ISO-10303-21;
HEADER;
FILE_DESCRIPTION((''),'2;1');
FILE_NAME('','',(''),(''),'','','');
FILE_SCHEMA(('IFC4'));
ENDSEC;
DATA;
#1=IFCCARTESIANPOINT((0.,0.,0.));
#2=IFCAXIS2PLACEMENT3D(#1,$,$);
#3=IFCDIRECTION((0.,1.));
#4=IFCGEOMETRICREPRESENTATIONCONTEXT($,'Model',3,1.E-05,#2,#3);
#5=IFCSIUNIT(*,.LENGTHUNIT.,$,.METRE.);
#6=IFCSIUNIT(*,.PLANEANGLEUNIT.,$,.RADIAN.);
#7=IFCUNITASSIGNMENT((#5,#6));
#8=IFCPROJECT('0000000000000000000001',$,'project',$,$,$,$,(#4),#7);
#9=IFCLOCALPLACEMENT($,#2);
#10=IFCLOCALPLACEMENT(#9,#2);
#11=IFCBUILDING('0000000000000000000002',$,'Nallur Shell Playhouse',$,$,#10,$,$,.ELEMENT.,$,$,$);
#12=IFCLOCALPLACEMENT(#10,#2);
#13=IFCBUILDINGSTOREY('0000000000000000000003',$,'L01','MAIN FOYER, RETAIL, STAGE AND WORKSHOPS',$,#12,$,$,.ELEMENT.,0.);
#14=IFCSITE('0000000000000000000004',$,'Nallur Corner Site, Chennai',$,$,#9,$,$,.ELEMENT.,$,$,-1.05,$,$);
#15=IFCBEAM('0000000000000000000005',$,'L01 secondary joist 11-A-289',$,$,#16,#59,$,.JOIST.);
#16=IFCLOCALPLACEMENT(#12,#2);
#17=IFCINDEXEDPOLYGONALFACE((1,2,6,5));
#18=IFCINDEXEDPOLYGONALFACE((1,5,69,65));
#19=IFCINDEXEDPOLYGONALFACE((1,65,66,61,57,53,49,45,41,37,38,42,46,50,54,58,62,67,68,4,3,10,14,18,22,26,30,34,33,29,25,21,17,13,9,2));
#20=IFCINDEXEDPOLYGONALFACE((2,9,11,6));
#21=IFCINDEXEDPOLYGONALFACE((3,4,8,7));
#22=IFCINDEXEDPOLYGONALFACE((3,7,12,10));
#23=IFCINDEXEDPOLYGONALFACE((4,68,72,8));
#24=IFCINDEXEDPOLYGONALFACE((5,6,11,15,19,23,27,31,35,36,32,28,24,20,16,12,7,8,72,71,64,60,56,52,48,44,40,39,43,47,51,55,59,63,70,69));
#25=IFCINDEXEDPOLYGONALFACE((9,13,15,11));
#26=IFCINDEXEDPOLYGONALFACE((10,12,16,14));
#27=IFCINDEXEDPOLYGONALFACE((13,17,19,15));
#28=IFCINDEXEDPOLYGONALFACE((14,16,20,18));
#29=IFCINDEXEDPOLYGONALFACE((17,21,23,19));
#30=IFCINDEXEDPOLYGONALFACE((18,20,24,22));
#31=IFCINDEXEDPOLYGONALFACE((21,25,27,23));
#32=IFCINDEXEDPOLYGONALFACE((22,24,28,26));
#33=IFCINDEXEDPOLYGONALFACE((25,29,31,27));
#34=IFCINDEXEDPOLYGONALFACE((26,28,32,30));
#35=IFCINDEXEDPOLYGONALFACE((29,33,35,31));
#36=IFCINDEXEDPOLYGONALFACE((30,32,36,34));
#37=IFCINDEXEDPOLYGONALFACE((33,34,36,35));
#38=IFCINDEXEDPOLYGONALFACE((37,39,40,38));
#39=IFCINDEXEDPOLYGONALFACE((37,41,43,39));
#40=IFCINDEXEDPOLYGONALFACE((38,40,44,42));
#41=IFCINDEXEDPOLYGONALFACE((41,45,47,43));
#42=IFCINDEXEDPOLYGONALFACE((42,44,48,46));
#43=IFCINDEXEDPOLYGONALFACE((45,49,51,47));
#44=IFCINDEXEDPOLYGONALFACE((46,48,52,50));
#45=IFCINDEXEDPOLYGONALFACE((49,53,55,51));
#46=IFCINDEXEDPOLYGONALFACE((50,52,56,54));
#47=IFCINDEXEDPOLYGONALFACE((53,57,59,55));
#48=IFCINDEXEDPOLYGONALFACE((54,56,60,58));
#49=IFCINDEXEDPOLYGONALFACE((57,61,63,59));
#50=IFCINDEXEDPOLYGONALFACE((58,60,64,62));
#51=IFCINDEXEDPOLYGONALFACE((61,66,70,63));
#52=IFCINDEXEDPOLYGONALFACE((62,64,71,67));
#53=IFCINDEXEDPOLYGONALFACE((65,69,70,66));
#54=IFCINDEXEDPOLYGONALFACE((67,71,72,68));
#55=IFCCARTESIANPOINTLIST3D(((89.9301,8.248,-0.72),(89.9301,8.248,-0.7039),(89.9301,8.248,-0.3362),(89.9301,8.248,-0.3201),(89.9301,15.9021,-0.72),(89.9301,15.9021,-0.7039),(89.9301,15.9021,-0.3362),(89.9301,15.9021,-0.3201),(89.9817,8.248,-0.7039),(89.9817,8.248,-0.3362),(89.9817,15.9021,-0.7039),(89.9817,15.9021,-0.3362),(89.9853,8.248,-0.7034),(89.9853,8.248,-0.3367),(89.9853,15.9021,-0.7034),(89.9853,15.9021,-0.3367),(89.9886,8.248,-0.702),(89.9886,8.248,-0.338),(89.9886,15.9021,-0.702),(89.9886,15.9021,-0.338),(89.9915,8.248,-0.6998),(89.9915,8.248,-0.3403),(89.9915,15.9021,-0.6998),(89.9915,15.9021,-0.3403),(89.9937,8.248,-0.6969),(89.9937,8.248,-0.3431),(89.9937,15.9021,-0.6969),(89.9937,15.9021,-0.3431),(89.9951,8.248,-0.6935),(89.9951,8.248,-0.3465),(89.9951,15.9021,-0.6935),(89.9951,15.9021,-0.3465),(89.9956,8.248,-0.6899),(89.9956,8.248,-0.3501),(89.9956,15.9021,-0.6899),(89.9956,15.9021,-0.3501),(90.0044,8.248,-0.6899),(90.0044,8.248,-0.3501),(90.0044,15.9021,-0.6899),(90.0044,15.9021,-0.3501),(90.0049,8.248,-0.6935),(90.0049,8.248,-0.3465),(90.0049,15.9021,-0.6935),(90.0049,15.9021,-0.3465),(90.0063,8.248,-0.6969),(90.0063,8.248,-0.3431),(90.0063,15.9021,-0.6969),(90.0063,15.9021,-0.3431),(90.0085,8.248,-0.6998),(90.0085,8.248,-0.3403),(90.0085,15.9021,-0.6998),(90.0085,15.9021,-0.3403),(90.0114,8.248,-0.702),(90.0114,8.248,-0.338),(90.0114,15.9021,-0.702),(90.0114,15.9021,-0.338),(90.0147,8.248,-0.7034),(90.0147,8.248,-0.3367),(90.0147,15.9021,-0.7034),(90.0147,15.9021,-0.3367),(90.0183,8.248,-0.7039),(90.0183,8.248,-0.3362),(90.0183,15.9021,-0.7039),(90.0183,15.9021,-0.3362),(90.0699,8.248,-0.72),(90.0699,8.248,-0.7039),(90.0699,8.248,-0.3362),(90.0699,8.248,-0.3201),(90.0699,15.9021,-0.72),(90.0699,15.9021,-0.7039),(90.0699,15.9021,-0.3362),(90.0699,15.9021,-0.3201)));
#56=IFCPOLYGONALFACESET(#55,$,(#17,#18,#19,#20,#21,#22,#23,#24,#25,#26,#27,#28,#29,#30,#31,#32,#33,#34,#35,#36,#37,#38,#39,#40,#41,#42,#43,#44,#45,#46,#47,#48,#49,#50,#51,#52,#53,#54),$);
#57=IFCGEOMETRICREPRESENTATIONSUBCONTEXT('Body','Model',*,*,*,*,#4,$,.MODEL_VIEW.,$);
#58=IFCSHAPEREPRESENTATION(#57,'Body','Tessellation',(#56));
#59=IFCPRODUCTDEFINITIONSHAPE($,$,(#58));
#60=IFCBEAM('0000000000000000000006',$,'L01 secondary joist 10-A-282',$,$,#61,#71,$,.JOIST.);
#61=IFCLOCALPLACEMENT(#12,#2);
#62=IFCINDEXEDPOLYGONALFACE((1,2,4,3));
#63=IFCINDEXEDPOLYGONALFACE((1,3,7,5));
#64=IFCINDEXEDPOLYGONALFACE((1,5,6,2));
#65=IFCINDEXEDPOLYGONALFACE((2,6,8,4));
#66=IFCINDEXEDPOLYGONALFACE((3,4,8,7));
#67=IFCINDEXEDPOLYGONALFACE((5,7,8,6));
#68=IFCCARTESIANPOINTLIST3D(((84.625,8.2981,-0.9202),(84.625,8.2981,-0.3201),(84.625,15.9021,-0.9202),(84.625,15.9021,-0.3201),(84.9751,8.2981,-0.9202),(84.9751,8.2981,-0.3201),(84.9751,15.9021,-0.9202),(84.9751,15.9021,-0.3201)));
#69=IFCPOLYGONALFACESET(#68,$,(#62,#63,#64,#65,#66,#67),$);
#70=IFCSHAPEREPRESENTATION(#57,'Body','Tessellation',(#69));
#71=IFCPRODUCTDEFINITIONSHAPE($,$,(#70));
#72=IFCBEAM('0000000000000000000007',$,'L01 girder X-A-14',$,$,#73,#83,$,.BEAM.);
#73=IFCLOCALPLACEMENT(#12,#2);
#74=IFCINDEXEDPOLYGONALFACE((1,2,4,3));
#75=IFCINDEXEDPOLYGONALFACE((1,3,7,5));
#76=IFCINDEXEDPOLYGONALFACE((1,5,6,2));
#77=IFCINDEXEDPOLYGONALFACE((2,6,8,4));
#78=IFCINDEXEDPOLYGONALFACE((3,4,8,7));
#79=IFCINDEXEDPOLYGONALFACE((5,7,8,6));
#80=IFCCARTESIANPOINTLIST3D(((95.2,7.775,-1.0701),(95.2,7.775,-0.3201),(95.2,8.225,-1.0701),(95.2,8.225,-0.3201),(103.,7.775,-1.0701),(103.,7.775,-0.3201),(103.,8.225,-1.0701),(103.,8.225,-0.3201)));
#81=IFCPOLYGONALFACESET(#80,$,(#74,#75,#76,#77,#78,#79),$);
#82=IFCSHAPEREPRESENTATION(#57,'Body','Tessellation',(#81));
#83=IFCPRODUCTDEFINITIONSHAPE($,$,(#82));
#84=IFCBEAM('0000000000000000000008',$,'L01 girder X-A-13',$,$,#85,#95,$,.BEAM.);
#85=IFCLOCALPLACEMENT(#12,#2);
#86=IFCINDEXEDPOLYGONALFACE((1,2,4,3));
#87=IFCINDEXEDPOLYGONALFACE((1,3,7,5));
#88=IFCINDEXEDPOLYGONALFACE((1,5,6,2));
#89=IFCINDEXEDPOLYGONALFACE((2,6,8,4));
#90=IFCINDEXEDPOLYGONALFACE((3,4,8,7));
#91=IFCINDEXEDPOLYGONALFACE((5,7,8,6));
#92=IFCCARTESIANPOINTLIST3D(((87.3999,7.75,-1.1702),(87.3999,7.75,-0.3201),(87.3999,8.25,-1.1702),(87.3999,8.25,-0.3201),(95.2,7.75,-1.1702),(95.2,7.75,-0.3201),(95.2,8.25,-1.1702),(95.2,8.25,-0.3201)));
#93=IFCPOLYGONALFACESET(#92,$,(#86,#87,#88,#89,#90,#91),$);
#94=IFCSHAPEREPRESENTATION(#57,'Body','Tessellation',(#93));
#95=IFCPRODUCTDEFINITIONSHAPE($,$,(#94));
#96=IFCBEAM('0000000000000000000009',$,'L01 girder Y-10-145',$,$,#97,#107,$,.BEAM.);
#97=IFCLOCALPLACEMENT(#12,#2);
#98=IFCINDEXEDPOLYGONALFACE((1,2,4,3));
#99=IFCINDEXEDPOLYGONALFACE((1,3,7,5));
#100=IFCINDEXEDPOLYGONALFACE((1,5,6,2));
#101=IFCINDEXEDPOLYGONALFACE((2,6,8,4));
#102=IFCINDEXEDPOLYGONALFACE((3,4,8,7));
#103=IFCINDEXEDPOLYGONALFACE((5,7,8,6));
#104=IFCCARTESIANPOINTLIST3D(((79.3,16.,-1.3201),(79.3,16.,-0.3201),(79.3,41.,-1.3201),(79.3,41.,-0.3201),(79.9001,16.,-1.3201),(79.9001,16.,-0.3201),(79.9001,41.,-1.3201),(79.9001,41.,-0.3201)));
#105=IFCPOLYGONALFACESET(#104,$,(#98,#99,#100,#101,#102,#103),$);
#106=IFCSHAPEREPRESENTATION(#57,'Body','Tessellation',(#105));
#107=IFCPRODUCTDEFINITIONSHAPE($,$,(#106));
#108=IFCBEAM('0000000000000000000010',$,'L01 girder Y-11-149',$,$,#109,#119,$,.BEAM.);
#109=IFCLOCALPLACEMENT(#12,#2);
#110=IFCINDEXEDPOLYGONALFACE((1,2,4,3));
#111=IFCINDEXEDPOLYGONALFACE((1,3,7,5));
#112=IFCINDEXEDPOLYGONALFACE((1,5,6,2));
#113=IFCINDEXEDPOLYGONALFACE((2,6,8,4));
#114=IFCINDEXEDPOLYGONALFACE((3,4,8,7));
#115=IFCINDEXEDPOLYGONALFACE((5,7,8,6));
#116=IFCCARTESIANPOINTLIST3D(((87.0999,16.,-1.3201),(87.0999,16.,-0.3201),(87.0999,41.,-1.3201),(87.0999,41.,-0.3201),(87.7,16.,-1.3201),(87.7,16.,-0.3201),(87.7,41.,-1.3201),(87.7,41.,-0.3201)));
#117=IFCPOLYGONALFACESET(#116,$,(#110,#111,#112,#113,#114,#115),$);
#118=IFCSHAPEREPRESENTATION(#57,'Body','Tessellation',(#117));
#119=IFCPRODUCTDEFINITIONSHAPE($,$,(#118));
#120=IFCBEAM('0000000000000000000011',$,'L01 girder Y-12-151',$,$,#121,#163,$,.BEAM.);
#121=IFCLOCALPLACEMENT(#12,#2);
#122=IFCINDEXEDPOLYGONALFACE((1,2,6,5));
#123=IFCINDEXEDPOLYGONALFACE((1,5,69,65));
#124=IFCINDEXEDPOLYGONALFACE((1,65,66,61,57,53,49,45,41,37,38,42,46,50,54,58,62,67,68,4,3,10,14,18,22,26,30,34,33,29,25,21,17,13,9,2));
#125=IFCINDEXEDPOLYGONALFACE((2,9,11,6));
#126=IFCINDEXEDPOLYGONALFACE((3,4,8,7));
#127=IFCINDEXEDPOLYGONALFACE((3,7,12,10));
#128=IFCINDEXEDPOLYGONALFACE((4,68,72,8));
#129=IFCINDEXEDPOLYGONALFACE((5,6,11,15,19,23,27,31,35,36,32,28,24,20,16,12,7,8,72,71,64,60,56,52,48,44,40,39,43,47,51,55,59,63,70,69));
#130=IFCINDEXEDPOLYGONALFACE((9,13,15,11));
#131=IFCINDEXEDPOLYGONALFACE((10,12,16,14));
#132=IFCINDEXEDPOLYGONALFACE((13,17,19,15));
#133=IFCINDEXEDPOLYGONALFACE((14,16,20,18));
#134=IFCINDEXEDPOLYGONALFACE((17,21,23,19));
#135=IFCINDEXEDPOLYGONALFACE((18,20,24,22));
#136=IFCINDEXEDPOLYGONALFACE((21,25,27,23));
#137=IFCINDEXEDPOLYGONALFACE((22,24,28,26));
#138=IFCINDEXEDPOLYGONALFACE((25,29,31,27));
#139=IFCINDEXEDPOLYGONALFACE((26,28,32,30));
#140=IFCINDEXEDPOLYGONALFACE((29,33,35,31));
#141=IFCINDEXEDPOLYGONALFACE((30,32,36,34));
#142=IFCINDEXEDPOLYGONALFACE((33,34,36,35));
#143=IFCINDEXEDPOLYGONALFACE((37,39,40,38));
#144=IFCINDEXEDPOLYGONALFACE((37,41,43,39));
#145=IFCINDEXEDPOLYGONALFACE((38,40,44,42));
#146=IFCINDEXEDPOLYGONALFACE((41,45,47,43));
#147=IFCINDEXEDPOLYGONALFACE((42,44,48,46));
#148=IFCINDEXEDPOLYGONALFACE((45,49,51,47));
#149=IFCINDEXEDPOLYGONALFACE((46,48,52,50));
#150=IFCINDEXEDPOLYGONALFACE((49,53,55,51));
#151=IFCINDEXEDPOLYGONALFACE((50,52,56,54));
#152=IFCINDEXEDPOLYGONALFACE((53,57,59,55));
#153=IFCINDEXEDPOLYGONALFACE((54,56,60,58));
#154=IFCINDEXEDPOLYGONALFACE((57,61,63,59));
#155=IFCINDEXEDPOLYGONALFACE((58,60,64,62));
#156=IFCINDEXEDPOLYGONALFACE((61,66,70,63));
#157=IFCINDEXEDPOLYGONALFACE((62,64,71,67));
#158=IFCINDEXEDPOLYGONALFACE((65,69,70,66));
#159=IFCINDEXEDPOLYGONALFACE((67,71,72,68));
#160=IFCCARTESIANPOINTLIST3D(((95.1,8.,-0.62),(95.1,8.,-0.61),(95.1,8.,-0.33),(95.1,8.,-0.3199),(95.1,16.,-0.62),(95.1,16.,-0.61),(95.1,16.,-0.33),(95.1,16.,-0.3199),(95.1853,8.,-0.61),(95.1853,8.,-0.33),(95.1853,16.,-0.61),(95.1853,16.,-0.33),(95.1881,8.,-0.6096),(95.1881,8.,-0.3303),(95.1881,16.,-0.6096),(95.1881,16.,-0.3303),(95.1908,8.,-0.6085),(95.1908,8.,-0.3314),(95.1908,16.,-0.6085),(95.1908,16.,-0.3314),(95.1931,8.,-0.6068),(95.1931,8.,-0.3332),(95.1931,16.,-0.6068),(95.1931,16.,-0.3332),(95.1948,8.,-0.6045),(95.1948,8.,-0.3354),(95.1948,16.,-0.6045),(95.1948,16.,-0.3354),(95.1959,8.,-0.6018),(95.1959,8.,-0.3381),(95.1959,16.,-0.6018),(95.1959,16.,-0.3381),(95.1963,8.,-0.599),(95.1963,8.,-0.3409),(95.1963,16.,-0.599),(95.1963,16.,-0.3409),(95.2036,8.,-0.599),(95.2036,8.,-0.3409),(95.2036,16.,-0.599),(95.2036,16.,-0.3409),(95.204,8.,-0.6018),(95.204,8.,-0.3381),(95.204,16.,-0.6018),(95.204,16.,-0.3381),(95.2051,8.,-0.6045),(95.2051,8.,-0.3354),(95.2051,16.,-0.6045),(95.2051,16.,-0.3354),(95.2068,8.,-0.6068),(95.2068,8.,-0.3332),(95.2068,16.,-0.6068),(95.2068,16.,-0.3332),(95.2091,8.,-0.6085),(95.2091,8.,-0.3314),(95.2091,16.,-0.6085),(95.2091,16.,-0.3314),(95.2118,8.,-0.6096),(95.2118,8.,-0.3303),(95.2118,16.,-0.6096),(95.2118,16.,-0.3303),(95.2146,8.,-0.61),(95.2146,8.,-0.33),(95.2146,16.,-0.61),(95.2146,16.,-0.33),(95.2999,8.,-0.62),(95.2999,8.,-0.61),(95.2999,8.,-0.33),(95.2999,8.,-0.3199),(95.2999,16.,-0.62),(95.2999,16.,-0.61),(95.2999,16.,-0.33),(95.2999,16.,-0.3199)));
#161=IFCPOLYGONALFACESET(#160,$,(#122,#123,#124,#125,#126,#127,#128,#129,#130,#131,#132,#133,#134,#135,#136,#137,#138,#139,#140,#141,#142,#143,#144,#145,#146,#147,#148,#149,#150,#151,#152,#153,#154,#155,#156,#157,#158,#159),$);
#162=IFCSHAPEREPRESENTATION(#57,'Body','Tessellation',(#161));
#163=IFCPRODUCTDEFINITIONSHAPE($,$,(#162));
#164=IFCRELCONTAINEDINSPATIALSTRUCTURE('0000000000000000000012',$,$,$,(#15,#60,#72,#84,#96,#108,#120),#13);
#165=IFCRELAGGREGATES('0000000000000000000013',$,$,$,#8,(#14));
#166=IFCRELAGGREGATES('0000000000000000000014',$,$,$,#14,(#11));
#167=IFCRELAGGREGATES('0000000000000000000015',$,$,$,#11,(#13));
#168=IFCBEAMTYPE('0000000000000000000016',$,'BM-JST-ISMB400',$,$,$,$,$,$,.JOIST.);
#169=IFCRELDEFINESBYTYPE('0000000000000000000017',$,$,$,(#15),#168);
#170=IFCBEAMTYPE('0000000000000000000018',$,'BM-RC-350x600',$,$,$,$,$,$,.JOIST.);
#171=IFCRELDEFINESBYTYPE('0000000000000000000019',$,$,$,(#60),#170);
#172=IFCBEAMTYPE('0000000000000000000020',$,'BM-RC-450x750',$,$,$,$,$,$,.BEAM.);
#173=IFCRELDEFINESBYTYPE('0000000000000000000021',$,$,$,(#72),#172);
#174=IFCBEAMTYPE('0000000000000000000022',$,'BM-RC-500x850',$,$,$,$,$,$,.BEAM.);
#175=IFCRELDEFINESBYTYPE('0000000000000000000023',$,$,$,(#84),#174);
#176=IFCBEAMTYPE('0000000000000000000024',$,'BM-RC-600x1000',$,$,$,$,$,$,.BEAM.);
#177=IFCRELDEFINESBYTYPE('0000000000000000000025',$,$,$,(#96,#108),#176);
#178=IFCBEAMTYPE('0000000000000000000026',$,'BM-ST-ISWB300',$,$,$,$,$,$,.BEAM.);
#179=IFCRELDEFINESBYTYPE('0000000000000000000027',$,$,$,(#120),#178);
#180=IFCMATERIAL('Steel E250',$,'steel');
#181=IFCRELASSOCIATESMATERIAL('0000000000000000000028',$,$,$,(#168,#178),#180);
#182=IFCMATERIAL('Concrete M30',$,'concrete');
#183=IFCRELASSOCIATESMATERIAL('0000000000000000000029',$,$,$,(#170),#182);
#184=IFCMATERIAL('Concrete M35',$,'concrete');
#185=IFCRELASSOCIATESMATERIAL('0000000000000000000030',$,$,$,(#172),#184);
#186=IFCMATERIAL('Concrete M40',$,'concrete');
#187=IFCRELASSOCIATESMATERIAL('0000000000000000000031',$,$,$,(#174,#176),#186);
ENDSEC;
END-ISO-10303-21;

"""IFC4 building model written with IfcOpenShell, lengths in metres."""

from ifc_helpers import new_model, si_unit, direction, frame, origin, origin_2d, place, context, subcontext, project, spatial, rectangle, i_section, extrude, material, material_profile, profile_set, type_object, element, save


model = new_model("IFC4")

# Units and contexts
model_context = context("Model", 3, precision=1e-05, world=origin(), true_north=direction((0.0, 1.0)))
body_context = subcontext(model_context, "Body", "Model", "MODEL_VIEW")
ifc_project = project(units=[si_unit("LENGTHUNIT", "METRE"), si_unit("PLANEANGLEUNIT", "RADIAN")], contexts=[model_context])

# Site, building, storey
site_placement = place(None, origin())
site = spatial("IfcSite", under=ifc_project, at=site_placement, Name="Nallur Corner Site, Chennai", CompositionType="ELEMENT", RefElevation=-1.05)
building_placement = place(site_placement, origin())
building = spatial("IfcBuilding", under=site, at=building_placement, Name="Nallur Shell Playhouse", CompositionType="ELEMENT")
storey_placement = place(building_placement, origin())
storey = spatial("IfcBuildingStorey", under=building, at=storey_placement, Name="L01", Description="MAIN FOYER, RETAIL, STAGE AND WORKSHOPS", CompositionType="ELEMENT", Elevation=0.0)

# Shared definitions
ifc_material_1 = material(Name="Concrete M40", Category="concrete")

# Beams
ifc_material_2 = material(Name="Steel E250", Category="steel")
ifc_material_profile_1 = material_profile(ifc_material_2, i_section(OverallWidth=0.1399, OverallDepth=0.3999, WebThickness=0.0088, FlangeThickness=0.0161, FilletRadius=0.0139, at=origin_2d()), Name="ISMB 400")
ifc_profile_set_1 = profile_set([ifc_material_profile_1], Name="Steel E250")
beam_type_1 = type_object("IfcBeamType", Name="BM-JST-ISMB400", PredefinedType="JOIST", material=ifc_profile_set_1)
beam_1_placement = place(storey_placement, frame((90.0, 8.248, -0.52), z_axis=(0.0, 1.0, 0.0), x_axis=(-1.0, 0.0, 0.0)))
element("IfcBeam", 1, at=beam_1_placement, inside=storey, type_object=beam_type_1, Name="L01 secondary joist 11-A-289", PredefinedType="JOIST", context=body_context, shape_type="SweptSolid", body=[
    extrude(i_section(OverallWidth=0.1399, OverallDepth=0.3999, WebThickness=0.0088, FlangeThickness=0.0161, FilletRadius=0.0139, at=origin_2d()), origin(), (0.0, 0.0, 1.0), 7.6541),
])
ifc_material_3 = material(Name="Concrete M30", Category="concrete")
ifc_material_profile_2 = material_profile(ifc_material_3, rectangle(XDim=0.3501, YDim=0.6001, at=origin_2d()), Name="RC 350x600")
ifc_profile_set_2 = profile_set([ifc_material_profile_2], Name="Concrete M30")
beam_type_2 = type_object("IfcBeamType", Name="BM-RC-350x600", PredefinedType="JOIST", material=ifc_profile_set_2)
beam_2_placement = place(storey_placement, frame((84.8, 8.2981, -0.6201), z_axis=(0.0, 1.0, 0.0), x_axis=(-1.0, 0.0, 0.0)))
element("IfcBeam", 2, at=beam_2_placement, inside=storey, type_object=beam_type_2, Name="L01 secondary joist 10-A-282", PredefinedType="JOIST", context=body_context, shape_type="SweptSolid", body=[
    extrude(rectangle(XDim=0.3501, YDim=0.6001, at=origin_2d()), origin(), (0.0, 0.0, 1.0), 7.604),
])
ifc_material_4 = material(Name="Concrete M35", Category="concrete")
ifc_material_profile_3 = material_profile(ifc_material_4, rectangle(XDim=0.45, YDim=0.75, at=origin_2d()), Name="RC 450x750")
ifc_profile_set_3 = profile_set([ifc_material_profile_3], Name="Concrete M35")
beam_type_3 = type_object("IfcBeamType", Name="BM-RC-450x750", PredefinedType="BEAM", material=ifc_profile_set_3)
beam_3_placement = place(storey_placement, frame((95.2, 8.0, -0.6951), z_axis=(1.0, 0.0, 0.0), x_axis=(0.0, 1.0, 0.0)))
element("IfcBeam", 3, at=beam_3_placement, inside=storey, type_object=beam_type_3, Name="L01 girder X-A-14", PredefinedType="BEAM", context=body_context, shape_type="SweptSolid", body=[
    extrude(rectangle(XDim=0.45, YDim=0.75, at=origin_2d()), origin(), (0.0, 0.0, 1.0), 7.8),
])
ifc_material_profile_4 = material_profile(ifc_material_1, rectangle(XDim=0.5, YDim=0.8501, at=origin_2d()), Name="RC 500x850")
ifc_profile_set_4 = profile_set([ifc_material_profile_4], Name="Concrete M40")
beam_type_4 = type_object("IfcBeamType", Name="BM-RC-500x850", PredefinedType="BEAM", material=ifc_profile_set_4)
beam_4_placement = place(storey_placement, frame((87.3999, 8.0, -0.7451), z_axis=(1.0, 0.0, 0.0), x_axis=(0.0, 1.0, 0.0)))
element("IfcBeam", 4, at=beam_4_placement, inside=storey, type_object=beam_type_4, Name="L01 girder X-A-13", PredefinedType="BEAM", context=body_context, shape_type="SweptSolid", body=[
    extrude(rectangle(XDim=0.5, YDim=0.8501, at=origin_2d()), origin(), (0.0, 0.0, 1.0), 7.8),
])
ifc_material_profile_5 = material_profile(ifc_material_1, rectangle(XDim=0.6001, YDim=1.0, at=origin_2d()), Name="RC 600x1000")
ifc_profile_set_5 = profile_set([ifc_material_profile_5], Name="Concrete M40")
beam_type_5 = type_object("IfcBeamType", Name="BM-RC-600x1000", PredefinedType="BEAM", material=ifc_profile_set_5)
for number, where, z_axis, x_axis, name in (
    (5, (79.6001, 16.0, -0.8201), (0.0, 1.0, 0.0), (-1.0, 0.0, 0.0), "L01 girder Y-10-145"),
    (6, (87.3999, 16.0, -0.8201), (0.0, 1.0, 0.0), (-1.0, 0.0, 0.0), "L01 girder Y-11-149"),
):
    element("IfcBeam", number, at=place(storey_placement, frame(where, z_axis=z_axis, x_axis=x_axis)), inside=storey, type_object=beam_type_5, Name=name, PredefinedType="BEAM", context=body_context, shape_type="SweptSolid", body=[
        extrude(rectangle(XDim=0.6001, YDim=1.0, at=origin_2d()), origin(), (0.0, 0.0, 1.0), 25.0),
    ])
ifc_material_profile_6 = material_profile(ifc_material_2, i_section(OverallWidth=0.2, OverallDepth=0.3, WebThickness=0.0073, FlangeThickness=0.01, FilletRadius=0.011, at=origin_2d()), Name="ISWB 300")
ifc_profile_set_6 = profile_set([ifc_material_profile_6], Name="Steel E250")
beam_type_6 = type_object("IfcBeamType", Name="BM-ST-ISWB300", PredefinedType="BEAM", material=ifc_profile_set_6)
beam_5_placement = place(storey_placement, frame((95.2, 8.0, -0.47), z_axis=(0.0, 1.0, 0.0), x_axis=(-1.0, 0.0, 0.0)))
element("IfcBeam", 7, at=beam_5_placement, inside=storey, type_object=beam_type_6, Name="L01 girder Y-12-151", PredefinedType="BEAM", context=body_context, shape_type="SweptSolid", body=[
    extrude(i_section(OverallWidth=0.2, OverallDepth=0.3, WebThickness=0.0073, FlangeThickness=0.01, FilletRadius=0.011, at=origin_2d()), origin(), (0.0, 0.0, 1.0), 8.0),
])

save(model, "model.ifc")
